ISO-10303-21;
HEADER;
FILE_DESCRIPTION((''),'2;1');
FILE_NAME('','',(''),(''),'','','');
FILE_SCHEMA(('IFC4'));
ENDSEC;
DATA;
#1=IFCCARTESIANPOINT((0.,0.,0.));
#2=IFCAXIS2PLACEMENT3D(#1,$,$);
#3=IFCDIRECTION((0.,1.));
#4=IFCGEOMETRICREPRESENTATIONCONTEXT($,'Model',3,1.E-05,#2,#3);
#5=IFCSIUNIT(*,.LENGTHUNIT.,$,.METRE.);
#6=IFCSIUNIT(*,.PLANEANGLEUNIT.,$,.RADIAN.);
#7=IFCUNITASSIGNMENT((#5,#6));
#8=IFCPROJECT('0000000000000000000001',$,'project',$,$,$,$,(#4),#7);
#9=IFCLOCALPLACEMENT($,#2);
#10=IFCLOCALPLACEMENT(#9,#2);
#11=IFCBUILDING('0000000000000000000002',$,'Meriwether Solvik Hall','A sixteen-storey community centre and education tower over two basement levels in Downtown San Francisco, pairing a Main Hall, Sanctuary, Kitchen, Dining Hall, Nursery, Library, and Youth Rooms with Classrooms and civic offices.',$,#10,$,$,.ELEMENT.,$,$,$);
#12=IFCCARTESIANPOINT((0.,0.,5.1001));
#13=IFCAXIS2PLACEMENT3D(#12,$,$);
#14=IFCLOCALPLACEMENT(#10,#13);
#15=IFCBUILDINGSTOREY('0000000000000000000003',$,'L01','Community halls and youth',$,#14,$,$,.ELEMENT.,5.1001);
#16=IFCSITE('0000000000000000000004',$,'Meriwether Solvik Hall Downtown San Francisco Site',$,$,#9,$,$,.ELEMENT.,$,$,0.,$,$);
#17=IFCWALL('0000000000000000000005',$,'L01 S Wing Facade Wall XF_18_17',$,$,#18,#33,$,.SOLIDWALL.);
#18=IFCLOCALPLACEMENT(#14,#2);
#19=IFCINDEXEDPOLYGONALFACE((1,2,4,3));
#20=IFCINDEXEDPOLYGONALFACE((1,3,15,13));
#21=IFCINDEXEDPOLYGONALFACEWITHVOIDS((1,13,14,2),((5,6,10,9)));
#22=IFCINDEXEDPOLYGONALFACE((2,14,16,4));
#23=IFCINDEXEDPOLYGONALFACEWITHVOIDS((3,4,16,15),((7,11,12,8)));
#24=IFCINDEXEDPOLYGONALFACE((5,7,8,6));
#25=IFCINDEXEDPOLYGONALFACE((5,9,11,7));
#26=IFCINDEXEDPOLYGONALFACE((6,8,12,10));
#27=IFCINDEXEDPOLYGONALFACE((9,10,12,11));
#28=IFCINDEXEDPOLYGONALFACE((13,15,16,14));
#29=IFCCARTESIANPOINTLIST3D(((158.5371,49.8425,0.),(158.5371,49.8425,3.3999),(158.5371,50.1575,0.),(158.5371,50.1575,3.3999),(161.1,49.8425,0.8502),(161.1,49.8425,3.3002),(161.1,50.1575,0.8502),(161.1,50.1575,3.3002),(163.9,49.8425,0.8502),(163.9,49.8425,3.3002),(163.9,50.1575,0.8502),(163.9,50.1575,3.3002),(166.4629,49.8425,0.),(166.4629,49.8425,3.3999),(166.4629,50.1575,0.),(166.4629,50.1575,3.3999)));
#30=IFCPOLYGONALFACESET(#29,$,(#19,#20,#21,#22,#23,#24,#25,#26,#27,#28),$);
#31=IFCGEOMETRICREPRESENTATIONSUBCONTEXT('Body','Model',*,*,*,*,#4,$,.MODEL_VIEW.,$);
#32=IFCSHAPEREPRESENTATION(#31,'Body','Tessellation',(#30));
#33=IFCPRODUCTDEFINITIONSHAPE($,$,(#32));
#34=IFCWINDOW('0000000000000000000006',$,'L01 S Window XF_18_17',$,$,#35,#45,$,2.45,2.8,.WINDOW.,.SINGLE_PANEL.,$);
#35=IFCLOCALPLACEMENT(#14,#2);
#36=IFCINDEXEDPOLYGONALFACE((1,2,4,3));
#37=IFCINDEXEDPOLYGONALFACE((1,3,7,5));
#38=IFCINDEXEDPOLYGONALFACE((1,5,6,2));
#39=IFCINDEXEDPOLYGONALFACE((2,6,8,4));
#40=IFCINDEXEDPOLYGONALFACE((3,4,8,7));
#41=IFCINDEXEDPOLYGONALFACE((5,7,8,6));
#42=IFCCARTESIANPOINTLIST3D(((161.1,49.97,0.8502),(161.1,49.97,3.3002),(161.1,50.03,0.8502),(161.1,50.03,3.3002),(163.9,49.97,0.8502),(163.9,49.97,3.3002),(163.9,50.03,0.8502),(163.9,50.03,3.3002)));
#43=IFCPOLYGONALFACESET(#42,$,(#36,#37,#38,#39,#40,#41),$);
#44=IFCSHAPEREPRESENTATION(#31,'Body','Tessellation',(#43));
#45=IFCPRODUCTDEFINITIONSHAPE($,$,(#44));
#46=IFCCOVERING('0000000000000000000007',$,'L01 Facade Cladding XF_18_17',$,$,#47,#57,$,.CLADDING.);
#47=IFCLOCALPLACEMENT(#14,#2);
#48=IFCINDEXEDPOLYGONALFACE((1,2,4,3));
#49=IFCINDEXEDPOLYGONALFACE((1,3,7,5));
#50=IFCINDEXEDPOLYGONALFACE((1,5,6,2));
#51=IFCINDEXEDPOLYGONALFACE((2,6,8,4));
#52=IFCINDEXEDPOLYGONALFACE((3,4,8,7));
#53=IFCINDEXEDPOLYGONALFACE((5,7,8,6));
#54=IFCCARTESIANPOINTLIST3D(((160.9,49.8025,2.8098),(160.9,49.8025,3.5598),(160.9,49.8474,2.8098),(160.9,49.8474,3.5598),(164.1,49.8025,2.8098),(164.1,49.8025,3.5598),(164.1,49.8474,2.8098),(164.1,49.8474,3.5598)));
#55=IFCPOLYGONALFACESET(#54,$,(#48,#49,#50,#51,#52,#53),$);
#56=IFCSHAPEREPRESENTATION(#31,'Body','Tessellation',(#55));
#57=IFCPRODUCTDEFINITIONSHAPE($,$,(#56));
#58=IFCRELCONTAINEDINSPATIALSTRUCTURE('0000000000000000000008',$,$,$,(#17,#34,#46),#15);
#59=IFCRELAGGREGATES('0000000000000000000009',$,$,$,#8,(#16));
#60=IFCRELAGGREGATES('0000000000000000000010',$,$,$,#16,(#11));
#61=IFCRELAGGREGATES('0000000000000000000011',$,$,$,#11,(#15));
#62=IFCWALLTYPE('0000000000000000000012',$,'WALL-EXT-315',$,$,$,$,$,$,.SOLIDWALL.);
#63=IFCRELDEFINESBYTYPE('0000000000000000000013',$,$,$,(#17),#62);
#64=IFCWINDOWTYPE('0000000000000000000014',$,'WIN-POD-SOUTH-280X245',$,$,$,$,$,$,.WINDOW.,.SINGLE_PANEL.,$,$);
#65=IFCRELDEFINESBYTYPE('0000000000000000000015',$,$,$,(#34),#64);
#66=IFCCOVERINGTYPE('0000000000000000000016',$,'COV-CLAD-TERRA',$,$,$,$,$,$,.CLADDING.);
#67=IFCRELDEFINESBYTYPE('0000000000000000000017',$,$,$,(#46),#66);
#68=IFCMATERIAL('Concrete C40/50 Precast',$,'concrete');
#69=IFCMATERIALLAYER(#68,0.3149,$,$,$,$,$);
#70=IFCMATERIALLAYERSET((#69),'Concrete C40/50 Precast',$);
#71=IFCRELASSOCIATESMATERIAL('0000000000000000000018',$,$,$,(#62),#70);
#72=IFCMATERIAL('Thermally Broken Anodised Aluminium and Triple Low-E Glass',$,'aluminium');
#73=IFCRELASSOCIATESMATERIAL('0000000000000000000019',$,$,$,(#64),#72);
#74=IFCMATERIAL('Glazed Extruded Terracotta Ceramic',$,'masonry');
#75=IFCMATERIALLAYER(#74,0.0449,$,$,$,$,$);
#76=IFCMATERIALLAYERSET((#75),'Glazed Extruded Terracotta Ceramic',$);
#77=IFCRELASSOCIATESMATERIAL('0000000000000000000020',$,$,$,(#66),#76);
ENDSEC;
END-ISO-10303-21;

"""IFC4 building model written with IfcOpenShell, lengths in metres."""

from ifc_helpers import new_model, si_unit, direction, frame, frame_2d, origin, origin_2d, place, context, subcontext, project, spatial, rectangle, extrude, material, layer, layer_set, type_object, element, fill, save


model = new_model("IFC4")

# Units and contexts
model_context = context("Model", 3, precision=1e-05, world=origin(), true_north=direction((0.0, 1.0)))
body_context = subcontext(model_context, "Body", "Model", "MODEL_VIEW")
ifc_project = project(units=[si_unit("LENGTHUNIT", "METRE"), si_unit("PLANEANGLEUNIT", "RADIAN")], contexts=[model_context])

# Site, building, storey
site_placement = place(None, origin())
site = spatial("IfcSite", under=ifc_project, at=site_placement, Name="Meriwether Solvik Hall Downtown San Francisco Site", CompositionType="ELEMENT", RefElevation=0.0)
building_placement = place(site_placement, origin())
building = spatial("IfcBuilding", under=site, at=building_placement, Name="Meriwether Solvik Hall", Description="A sixteen-storey community centre and education tower over two basement levels in Downtown San Francisco, pairing a Main Hall, Sanctuary, Kitchen, Dining Hall, Nursery, Library, and Youth Rooms with Classrooms and civic offices.", CompositionType="ELEMENT")
storey_placement = place(building_placement, frame((0.0, 0.0, 5.1001)))
storey = spatial("IfcBuildingStorey", under=building, at=storey_placement, Name="L01", Description="Community halls and youth", CompositionType="ELEMENT", Elevation=5.1001)

# Wall, opening, window
ifc_material_1 = material(Name="Concrete C40/50 Precast", Category="concrete")
ifc_layer_1 = layer(ifc_material_1, 0.3149)
ifc_layer_set_1 = layer_set([ifc_layer_1], Name="Concrete C40/50 Precast")
wall_type = type_object("IfcWallType", Name="WALL-EXT-315", PredefinedType="SOLIDWALL", material=ifc_layer_set_1)
wall_placement = place(storey_placement, frame((166.4629, 50.0, 0.0), z_axis=(0.0, 0.0, 1.0), x_axis=(-1.0, 0.0, 0.0)))
wall = element("IfcWall", 1, at=wall_placement, inside=storey, type_object=wall_type, Name="L01 S Wing Facade Wall XF_18_17", PredefinedType="SOLIDWALL", context=body_context, shape_type="SweptSolid", body=[
    extrude(rectangle(XDim=7.9258, YDim=0.3149, at=frame_2d((3.9629, 0.0))), origin(), (0.0, 0.0, 1.0), 3.3999),
])
opening_placement = place(wall_placement, frame((2.563, 0.0, 0.8501)))
opening = element("IfcOpeningElement", 2, at=opening_placement, cuts=wall, PredefinedType="OPENING", context=body_context, shape_type="SweptSolid", body=[
    extrude(rectangle(XDim=2.8, YDim=2.45, at=frame_2d((1.3999, 1.2251))), frame((0.0, 0.1694, 0.0), z_axis=(0.0, -1.0, 0.0), x_axis=(1.0, 0.0, 0.0)), (0.0, 0.0, 1.0), 0.3389),
])
ifc_material_2 = material(Name="Thermally Broken Anodised Aluminium and Triple Low-E Glass", Category="aluminium")
window_type = type_object("IfcWindowType", Name="WIN-POD-SOUTH-280X245", PartitioningType="SINGLE_PANEL", PredefinedType="WINDOW", material=ifc_material_2)
window_placement = place(opening_placement, origin())
window = element("IfcWindow", 3, at=window_placement, inside=storey, type_object=window_type, Name="L01 S Window XF_18_17", OverallHeight=2.45, OverallWidth=2.8, PartitioningType="SINGLE_PANEL", PredefinedType="WINDOW", context=body_context, shape_type="SweptSolid", body=[
    extrude(rectangle(XDim=2.8, YDim=2.45, at=frame_2d((1.3999, 1.2251))), frame((0.0, 0.03, 0.0), z_axis=(0.0, -1.0, 0.0), x_axis=(1.0, 0.0, 0.0)), (0.0, 0.0, 1.0), 0.0601),
])
fill(opening, window)

# Covering
ifc_material_3 = material(Name="Glazed Extruded Terracotta Ceramic", Category="masonry")
ifc_layer_2 = layer(ifc_material_3, 0.0449)
ifc_layer_set_2 = layer_set([ifc_layer_2], Name="Glazed Extruded Terracotta Ceramic")
covering_type = type_object("IfcCoveringType", Name="COV-CLAD-TERRA", PredefinedType="CLADDING", material=ifc_layer_set_2)
covering_placement = place(storey_placement, frame((162.5, 49.825, 2.8098), z_axis=(0.0, 0.0, 1.0), x_axis=(-1.0, 0.0, 0.0)))
element("IfcCovering", 4, at=covering_placement, inside=storey, type_object=covering_type, Name="L01 Facade Cladding XF_18_17", PredefinedType="CLADDING", context=body_context, shape_type="SweptSolid", body=[
    extrude(rectangle(XDim=3.2, YDim=0.0449, at=origin_2d()), origin(), (0.0, 0.0, 1.0), 0.75),
])

save(model, "model.ifc")
